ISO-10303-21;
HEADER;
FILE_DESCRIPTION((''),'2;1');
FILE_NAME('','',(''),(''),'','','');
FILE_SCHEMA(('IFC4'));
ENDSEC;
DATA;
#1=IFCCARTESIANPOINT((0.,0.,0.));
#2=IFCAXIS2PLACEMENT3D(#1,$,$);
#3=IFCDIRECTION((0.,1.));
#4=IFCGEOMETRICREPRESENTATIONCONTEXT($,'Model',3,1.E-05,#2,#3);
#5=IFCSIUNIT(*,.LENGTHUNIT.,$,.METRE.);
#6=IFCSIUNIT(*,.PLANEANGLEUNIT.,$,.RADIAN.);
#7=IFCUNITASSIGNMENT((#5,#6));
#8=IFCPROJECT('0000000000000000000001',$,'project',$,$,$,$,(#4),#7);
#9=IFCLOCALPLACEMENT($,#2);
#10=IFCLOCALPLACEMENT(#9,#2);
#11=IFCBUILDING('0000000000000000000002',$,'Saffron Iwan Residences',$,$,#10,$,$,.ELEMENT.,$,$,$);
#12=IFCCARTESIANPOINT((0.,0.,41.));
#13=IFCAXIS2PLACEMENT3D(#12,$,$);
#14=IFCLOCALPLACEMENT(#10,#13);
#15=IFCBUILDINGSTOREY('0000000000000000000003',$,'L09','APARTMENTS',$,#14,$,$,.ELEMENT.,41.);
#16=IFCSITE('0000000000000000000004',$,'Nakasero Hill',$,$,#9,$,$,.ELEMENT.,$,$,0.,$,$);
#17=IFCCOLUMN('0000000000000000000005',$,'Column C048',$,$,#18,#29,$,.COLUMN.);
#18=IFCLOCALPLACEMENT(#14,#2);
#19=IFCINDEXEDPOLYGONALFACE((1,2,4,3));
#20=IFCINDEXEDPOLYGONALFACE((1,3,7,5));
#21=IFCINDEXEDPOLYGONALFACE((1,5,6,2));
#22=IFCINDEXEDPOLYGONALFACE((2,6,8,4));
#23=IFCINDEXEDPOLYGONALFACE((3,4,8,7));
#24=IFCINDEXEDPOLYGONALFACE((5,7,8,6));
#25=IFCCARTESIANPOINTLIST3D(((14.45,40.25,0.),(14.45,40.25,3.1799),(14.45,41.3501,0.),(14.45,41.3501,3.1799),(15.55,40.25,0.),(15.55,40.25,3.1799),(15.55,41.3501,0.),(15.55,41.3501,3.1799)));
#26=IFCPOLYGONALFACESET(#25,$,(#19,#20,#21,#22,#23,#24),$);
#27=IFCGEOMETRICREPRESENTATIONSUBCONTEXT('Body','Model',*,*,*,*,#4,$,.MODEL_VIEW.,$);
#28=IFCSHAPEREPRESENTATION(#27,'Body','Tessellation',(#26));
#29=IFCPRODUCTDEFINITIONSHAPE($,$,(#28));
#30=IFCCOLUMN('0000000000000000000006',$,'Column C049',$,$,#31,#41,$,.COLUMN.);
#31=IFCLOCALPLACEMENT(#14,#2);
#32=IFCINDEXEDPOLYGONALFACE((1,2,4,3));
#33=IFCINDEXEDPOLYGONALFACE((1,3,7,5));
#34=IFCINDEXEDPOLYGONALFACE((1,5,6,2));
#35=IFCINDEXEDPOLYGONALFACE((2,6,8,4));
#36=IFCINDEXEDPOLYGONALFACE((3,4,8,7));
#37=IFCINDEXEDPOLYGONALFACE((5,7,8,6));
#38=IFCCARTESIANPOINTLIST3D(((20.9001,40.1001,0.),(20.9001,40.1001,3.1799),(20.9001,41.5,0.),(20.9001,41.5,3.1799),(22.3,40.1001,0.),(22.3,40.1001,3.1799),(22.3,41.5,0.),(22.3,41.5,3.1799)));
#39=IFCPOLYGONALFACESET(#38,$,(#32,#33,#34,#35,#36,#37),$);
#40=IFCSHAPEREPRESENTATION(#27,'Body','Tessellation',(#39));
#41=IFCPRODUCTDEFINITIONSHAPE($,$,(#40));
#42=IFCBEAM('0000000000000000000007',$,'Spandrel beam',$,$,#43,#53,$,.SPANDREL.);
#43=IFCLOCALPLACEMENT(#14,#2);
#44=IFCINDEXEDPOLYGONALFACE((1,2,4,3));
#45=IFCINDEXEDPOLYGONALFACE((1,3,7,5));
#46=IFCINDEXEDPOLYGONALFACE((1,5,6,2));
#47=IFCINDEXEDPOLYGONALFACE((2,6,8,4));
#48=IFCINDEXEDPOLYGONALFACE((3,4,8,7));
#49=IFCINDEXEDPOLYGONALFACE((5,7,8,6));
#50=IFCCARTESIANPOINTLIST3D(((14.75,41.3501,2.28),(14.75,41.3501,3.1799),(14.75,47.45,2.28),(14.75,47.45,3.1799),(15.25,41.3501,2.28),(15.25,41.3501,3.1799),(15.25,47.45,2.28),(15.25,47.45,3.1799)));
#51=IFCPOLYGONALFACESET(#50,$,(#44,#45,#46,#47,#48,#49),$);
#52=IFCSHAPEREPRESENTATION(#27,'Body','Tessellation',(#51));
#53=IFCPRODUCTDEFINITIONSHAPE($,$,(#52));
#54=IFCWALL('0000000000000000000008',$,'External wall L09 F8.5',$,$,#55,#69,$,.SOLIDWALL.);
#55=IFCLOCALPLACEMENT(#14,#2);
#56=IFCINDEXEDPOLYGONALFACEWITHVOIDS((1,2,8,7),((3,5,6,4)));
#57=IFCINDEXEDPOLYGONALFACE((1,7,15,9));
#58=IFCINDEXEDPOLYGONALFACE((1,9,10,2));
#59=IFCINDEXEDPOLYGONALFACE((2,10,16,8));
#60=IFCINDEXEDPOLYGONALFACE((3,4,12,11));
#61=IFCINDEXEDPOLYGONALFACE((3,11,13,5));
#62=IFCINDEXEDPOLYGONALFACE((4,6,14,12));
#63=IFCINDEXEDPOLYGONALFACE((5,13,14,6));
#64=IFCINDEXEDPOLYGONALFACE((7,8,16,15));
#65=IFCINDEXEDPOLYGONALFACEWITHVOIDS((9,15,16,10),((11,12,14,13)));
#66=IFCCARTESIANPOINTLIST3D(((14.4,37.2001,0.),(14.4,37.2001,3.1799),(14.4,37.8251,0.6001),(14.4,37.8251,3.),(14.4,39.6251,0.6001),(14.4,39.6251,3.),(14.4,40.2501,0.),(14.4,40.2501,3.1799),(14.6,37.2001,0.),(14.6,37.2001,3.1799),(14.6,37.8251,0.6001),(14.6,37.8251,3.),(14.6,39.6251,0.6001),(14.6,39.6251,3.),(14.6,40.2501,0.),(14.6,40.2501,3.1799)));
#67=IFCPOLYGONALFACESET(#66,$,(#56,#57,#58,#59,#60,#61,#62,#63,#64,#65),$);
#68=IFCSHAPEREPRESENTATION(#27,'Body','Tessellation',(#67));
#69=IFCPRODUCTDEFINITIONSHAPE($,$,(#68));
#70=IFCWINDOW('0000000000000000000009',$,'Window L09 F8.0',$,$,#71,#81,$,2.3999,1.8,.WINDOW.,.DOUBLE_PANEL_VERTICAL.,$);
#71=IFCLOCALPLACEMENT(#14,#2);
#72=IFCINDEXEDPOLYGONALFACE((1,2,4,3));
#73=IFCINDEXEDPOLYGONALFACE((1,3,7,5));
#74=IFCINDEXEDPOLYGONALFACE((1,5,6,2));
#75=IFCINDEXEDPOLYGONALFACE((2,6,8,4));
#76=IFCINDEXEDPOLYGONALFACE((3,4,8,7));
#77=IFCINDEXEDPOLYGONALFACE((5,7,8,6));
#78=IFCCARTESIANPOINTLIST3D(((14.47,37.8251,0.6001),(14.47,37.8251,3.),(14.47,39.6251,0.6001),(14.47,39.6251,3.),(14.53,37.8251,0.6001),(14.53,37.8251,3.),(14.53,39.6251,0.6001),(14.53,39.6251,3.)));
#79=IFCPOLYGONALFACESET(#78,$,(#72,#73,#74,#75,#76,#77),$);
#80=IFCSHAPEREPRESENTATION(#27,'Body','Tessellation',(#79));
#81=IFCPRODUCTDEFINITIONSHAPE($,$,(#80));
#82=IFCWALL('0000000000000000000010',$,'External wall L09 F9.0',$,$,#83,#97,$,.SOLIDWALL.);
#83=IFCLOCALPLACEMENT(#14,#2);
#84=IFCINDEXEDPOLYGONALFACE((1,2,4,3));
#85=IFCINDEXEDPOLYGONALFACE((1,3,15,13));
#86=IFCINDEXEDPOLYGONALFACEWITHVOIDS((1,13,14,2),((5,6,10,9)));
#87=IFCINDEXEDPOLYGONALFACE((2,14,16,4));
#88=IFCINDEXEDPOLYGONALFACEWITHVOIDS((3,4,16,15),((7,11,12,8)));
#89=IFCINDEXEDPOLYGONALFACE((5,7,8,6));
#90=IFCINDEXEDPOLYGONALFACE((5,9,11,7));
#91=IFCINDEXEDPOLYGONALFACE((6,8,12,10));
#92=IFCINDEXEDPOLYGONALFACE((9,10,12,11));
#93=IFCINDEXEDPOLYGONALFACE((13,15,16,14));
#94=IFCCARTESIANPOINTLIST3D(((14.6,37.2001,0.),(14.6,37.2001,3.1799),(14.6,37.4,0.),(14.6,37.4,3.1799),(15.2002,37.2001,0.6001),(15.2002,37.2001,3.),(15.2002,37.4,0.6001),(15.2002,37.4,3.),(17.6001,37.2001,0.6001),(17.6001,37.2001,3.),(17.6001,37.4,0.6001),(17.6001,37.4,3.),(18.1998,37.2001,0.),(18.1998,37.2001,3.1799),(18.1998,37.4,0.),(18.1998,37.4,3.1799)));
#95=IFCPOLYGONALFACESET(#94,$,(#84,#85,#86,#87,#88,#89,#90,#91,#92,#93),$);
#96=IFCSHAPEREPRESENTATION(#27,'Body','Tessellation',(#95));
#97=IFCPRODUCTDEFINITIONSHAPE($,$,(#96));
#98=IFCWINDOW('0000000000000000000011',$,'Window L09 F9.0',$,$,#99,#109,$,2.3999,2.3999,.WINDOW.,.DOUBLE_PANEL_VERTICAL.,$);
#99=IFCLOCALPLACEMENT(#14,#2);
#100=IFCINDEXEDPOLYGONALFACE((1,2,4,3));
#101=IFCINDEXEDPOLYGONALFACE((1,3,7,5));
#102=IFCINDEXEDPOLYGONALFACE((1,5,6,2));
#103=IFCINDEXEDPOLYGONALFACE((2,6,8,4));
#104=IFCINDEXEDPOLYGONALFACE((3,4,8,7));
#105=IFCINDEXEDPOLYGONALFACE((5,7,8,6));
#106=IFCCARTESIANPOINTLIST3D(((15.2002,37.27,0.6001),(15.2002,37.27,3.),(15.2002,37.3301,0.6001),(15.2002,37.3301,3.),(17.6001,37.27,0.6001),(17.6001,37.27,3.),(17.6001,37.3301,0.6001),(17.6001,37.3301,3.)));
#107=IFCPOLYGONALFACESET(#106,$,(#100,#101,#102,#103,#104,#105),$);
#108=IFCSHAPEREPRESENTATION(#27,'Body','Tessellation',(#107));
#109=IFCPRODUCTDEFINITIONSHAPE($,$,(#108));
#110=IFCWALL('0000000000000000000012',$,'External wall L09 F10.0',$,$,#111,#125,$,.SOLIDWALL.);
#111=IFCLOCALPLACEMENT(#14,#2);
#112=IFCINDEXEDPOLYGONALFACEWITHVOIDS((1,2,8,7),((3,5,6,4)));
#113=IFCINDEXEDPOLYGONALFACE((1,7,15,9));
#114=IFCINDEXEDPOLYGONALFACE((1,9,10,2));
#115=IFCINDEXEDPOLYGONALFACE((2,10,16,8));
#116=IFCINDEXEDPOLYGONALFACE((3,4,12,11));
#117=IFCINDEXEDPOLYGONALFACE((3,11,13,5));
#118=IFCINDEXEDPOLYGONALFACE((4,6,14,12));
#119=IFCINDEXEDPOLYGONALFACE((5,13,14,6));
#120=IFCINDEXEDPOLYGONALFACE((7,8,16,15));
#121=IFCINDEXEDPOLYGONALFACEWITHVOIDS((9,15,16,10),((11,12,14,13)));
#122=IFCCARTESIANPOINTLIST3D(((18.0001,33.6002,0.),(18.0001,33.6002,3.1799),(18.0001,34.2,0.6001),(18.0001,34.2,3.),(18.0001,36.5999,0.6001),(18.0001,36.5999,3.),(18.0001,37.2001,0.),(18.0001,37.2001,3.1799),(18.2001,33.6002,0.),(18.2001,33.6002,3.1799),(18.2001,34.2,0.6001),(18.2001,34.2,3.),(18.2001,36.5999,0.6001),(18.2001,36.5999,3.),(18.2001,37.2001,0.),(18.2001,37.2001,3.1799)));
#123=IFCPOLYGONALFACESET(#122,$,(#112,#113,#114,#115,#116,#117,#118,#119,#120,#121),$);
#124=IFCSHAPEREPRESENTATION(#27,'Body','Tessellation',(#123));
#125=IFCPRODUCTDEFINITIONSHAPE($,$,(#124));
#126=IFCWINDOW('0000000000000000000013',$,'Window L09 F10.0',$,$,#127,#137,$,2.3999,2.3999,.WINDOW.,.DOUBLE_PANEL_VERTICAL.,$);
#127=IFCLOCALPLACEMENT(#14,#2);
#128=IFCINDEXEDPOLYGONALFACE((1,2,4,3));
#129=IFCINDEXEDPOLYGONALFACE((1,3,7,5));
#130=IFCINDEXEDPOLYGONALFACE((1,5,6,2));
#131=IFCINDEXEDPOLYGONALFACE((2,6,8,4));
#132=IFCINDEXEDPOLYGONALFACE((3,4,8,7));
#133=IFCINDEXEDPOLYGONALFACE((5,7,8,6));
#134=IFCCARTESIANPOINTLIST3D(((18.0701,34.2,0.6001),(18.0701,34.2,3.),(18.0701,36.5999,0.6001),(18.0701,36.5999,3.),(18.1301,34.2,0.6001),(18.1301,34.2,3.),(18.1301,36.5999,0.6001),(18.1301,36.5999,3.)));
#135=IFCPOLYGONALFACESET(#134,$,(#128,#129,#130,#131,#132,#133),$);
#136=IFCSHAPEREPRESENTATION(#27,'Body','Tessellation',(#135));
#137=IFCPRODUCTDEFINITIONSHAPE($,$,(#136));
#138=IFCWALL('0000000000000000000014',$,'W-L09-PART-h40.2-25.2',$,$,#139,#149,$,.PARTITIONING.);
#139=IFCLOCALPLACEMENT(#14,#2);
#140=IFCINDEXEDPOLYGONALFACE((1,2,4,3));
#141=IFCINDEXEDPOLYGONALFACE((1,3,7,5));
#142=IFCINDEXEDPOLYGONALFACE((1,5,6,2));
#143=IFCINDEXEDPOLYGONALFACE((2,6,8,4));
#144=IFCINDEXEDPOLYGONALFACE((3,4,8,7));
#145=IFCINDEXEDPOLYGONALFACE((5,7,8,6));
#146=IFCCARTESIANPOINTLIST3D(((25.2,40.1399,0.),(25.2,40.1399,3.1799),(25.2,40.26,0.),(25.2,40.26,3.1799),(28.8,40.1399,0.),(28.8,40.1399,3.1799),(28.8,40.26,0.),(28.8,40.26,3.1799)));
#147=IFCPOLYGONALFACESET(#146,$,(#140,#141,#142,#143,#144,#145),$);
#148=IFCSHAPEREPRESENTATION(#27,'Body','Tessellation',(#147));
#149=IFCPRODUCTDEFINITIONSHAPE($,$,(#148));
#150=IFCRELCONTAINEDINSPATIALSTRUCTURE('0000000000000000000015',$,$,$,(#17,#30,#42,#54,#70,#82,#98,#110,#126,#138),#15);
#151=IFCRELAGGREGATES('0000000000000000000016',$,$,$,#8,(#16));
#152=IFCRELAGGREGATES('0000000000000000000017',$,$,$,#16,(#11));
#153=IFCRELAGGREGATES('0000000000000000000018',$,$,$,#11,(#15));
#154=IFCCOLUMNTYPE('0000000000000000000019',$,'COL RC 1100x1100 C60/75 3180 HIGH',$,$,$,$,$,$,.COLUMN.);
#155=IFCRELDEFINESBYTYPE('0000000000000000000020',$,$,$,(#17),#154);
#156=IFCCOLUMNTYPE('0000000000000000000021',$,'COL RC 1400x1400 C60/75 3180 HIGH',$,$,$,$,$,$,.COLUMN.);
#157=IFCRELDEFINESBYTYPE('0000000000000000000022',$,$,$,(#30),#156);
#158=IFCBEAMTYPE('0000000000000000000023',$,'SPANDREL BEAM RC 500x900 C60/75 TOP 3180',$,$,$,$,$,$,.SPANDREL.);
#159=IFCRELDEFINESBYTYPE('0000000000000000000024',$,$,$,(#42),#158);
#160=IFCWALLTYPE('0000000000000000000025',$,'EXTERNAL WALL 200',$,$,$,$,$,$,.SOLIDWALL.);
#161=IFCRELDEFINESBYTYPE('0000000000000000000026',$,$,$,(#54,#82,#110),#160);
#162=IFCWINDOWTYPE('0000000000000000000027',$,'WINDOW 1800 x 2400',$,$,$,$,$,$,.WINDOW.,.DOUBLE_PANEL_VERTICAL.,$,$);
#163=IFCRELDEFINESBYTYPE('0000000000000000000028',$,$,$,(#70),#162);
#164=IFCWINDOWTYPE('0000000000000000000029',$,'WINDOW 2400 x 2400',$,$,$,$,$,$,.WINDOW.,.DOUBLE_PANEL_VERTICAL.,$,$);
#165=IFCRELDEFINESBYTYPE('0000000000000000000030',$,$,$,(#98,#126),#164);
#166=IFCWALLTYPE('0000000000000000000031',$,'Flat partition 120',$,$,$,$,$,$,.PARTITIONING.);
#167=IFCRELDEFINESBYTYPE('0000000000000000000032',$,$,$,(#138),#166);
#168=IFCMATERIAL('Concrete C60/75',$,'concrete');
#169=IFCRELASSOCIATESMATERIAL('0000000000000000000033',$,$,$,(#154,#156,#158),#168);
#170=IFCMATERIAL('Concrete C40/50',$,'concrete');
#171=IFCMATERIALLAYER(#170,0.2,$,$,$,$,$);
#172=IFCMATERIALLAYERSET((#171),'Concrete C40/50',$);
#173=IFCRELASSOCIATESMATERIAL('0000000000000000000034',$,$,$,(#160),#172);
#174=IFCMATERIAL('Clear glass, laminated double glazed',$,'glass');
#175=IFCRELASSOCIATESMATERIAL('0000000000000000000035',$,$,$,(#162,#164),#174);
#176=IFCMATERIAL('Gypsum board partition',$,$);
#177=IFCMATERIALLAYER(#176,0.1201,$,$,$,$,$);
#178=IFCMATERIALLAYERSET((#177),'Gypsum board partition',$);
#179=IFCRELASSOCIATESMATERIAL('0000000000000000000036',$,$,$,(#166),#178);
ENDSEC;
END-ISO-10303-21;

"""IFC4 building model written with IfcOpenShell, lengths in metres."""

from ifc_helpers import new_model, si_unit, direction, frame, frame_2d, origin, origin_2d, place, context, subcontext, project, spatial, rectangle, extrude, source, transform, mapped, material, layer, layer_set, material_profile, profile_set, type_object, element, fill, save


model = new_model("IFC4")

# Units and contexts
model_context = context("Model", 3, precision=1e-05, world=origin(), true_north=direction((0.0, 1.0)))
body_context = subcontext(model_context, "Body", "Model", "MODEL_VIEW")
ifc_project = project(units=[si_unit("LENGTHUNIT", "METRE"), si_unit("PLANEANGLEUNIT", "RADIAN")], contexts=[model_context])

# Site, building, storey
site_placement = place(None, origin())
site = spatial("IfcSite", under=ifc_project, at=site_placement, Name="Nakasero Hill", CompositionType="ELEMENT", RefElevation=0.0)
building_placement = place(site_placement, origin())
building = spatial("IfcBuilding", under=site, at=building_placement, Name="Saffron Iwan Residences", CompositionType="ELEMENT")
storey_placement = place(building_placement, frame((0.0, 0.0, 41.0)))
storey = spatial("IfcBuildingStorey", under=building, at=storey_placement, Name="L09", Description="APARTMENTS", CompositionType="ELEMENT", Elevation=41.0)

# Columns
ifc_material_1 = material(Name="Concrete C60/75", Category="concrete")
ifc_material_profile_1 = material_profile(ifc_material_1, rectangle(XDim=1.1001, YDim=1.1001, at=origin_2d()), Name="RC 1100x1100")
ifc_profile_set_1 = profile_set([ifc_material_profile_1], Name="Concrete C60/75")
column_type_1 = type_object("IfcColumnType", Name="COL RC 1100x1100 C60/75 3180 HIGH", PredefinedType="COLUMN", material=ifc_profile_set_1)
shared_shape_1 = source(origin(), body_context, "Body", "SweptSolid", [
    extrude(rectangle(XDim=1.1001, YDim=1.1001, at=origin_2d()), origin(), (0.0, 0.0, 1.0), 3.1799),
])
column_1_placement = place(storey_placement, frame((15.0, 40.8, 0.0), z_axis=(0.0, 0.0, 1.0), x_axis=(1.0, 0.0, 0.0)))
element("IfcColumn", 1, at=column_1_placement, inside=storey, type_object=column_type_1, Name="Column C048", PredefinedType="COLUMN", context=body_context, shape_type="MappedRepresentation", body=[
    mapped(shared_shape_1, transform((0.0, 0.0, 0.0))),
])
ifc_material_profile_2 = material_profile(ifc_material_1, rectangle(XDim=1.3999, YDim=1.3999, at=origin_2d()), Name="RC 1400x1400")
ifc_profile_set_2 = profile_set([ifc_material_profile_2], Name="Concrete C60/75")
column_type_2 = type_object("IfcColumnType", Name="COL RC 1400x1400 C60/75 3180 HIGH", PredefinedType="COLUMN", material=ifc_profile_set_2)
shared_shape_2 = source(origin(), body_context, "Body", "SweptSolid", [
    extrude(rectangle(XDim=1.3999, YDim=1.3999, at=origin_2d()), origin(), (0.0, 0.0, 1.0), 3.1799),
])
column_2_placement = place(storey_placement, frame((21.6001, 40.8, 0.0), z_axis=(0.0, 0.0, 1.0), x_axis=(1.0, 0.0, 0.0)))
element("IfcColumn", 2, at=column_2_placement, inside=storey, type_object=column_type_2, Name="Column C049", PredefinedType="COLUMN", context=body_context, shape_type="MappedRepresentation", body=[
    mapped(shared_shape_2, transform((0.0, 0.0, 0.0))),
])

# Beam
ifc_material_profile_3 = material_profile(ifc_material_1, rectangle(XDim=0.5, YDim=0.8999, at=origin_2d()), Name="RC 500x900")
ifc_profile_set_3 = profile_set([ifc_material_profile_3], Name="Concrete C60/75")
beam_type = type_object("IfcBeamType", Name="SPANDREL BEAM RC 500x900 C60/75 TOP 3180", PredefinedType="SPANDREL", material=ifc_profile_set_3)
shared_shape_3 = source(origin(), body_context, "Body", "SweptSolid", [
    extrude(rectangle(XDim=0.5, YDim=0.8999, at=origin_2d()), origin(), (0.0, 0.0, 1.0), 6.0999),
])
beam_placement = place(storey_placement, frame((15.0, 41.3501, 2.73), z_axis=(0.0, 1.0, 0.0), x_axis=(-1.0, 0.0, 0.0)))
element("IfcBeam", 3, at=beam_placement, inside=storey, type_object=beam_type, Name="Spandrel beam", PredefinedType="SPANDREL", context=body_context, shape_type="MappedRepresentation", body=[
    mapped(shared_shape_3, transform((0.0, 0.0, 0.0))),
])

# Walls, openings, windows
ifc_material_2 = material(Name="Concrete C40/50", Category="concrete")
ifc_layer_1 = layer(ifc_material_2, 0.2)
ifc_layer_set_1 = layer_set([ifc_layer_1], Name="Concrete C40/50")
wall_type_1 = type_object("IfcWallType", Name="EXTERNAL WALL 200", PredefinedType="SOLIDWALL", material=ifc_layer_set_1)
wall_1_placement = place(storey_placement, frame((14.5, 40.25, 0.0), z_axis=(0.0, 0.0, 1.0), x_axis=(0.0, -1.0, 0.0)))
wall_1 = element("IfcWall", 4, at=wall_1_placement, inside=storey, type_object=wall_type_1, Name="External wall L09 F8.5", PredefinedType="SOLIDWALL", context=body_context, shape_type="SweptSolid", body=[
    extrude(rectangle(XDim=3.05, YDim=0.2, at=frame_2d((1.5249, 0.0))), origin(), (0.0, 0.0, 1.0), 3.1799),
])
opening_1_placement = place(wall_1_placement, frame((0.625, 0.0, 0.6001)))
opening_1 = element("IfcOpeningElement", 5, at=opening_1_placement, cuts=wall_1, PredefinedType="OPENING", context=body_context, shape_type="SweptSolid", body=[
    extrude(rectangle(XDim=1.8, YDim=2.3999, at=frame_2d((0.8999, 1.2))), frame((0.0, 0.1099, 0.0), z_axis=(0.0, -1.0, 0.0), x_axis=(1.0, 0.0, 0.0)), (0.0, 0.0, 1.0), 0.22),
])
ifc_material_3 = material(Name="Clear glass, laminated double glazed", Category="glass")
window_type_1 = type_object("IfcWindowType", Name="WINDOW 1800 x 2400", PartitioningType="DOUBLE_PANEL_VERTICAL", PredefinedType="WINDOW", material=ifc_material_3)
window_1_placement = place(opening_1_placement, origin())
window_1 = element("IfcWindow", 6, at=window_1_placement, inside=storey, type_object=window_type_1, Name="Window L09 F8.0", OverallHeight=2.3999, OverallWidth=1.8, PartitioningType="DOUBLE_PANEL_VERTICAL", PredefinedType="WINDOW", context=body_context, shape_type="SweptSolid", body=[
    extrude(rectangle(XDim=1.8, YDim=2.3999, at=frame_2d((0.8999, 1.2))), frame((0.0, 0.03, 0.0), z_axis=(0.0, -1.0, 0.0), x_axis=(1.0, 0.0, 0.0)), (0.0, 0.0, 1.0), 0.0601),
])
fill(opening_1, window_1)
wall_2_placement = place(storey_placement, frame((14.6001, 37.3, 0.0), z_axis=(0.0, 0.0, 1.0), x_axis=(1.0, 0.0, 0.0)))
wall_2 = element("IfcWall", 7, at=wall_2_placement, inside=storey, type_object=wall_type_1, Name="External wall L09 F9.0", PredefinedType="SOLIDWALL", context=body_context, shape_type="SweptSolid", body=[
    extrude(rectangle(XDim=3.5999, YDim=0.2, at=frame_2d((1.7998, 0.0))), origin(), (0.0, 0.0, 1.0), 3.1799),
])
opening_2_placement = place(wall_2_placement, frame((0.6001, 0.0, 0.6001)))
opening_2 = element("IfcOpeningElement", 8, at=opening_2_placement, cuts=wall_2, PredefinedType="OPENING", context=body_context, shape_type="SweptSolid", body=[
    extrude(rectangle(XDim=2.3999, YDim=2.3999, at=frame_2d((1.2, 1.2))), frame((0.0, 0.1099, 0.0), z_axis=(0.0, -1.0, 0.0), x_axis=(1.0, 0.0, 0.0)), (0.0, 0.0, 1.0), 0.22),
])
window_type_2 = type_object("IfcWindowType", Name="WINDOW 2400 x 2400", PartitioningType="DOUBLE_PANEL_VERTICAL", PredefinedType="WINDOW", material=ifc_material_3)
window_2_placement = place(opening_2_placement, origin())
window_2 = element("IfcWindow", 9, at=window_2_placement, inside=storey, type_object=window_type_2, Name="Window L09 F9.0", OverallHeight=2.3999, OverallWidth=2.3999, PartitioningType="DOUBLE_PANEL_VERTICAL", PredefinedType="WINDOW", context=body_context, shape_type="SweptSolid", body=[
    extrude(rectangle(XDim=2.3999, YDim=2.3999, at=frame_2d((1.2, 1.2))), frame((0.0, 0.03, 0.0), z_axis=(0.0, -1.0, 0.0), x_axis=(1.0, 0.0, 0.0)), (0.0, 0.0, 1.0), 0.0601),
])
fill(opening_2, window_2)
wall_3_placement = place(storey_placement, frame((18.1001, 37.2, 0.0), z_axis=(0.0, 0.0, 1.0), x_axis=(0.0, -1.0, 0.0)))
wall_3 = element("IfcWall", 10, at=wall_3_placement, inside=storey, type_object=wall_type_1, Name="External wall L09 F10.0", PredefinedType="SOLIDWALL", context=body_context, shape_type="SweptSolid", body=[
    extrude(rectangle(XDim=3.5999, YDim=0.2, at=frame_2d((1.7998, 0.0))), origin(), (0.0, 0.0, 1.0), 3.1799),
])
opening_3_placement = place(wall_3_placement, frame((0.6001, 0.0, 0.6001)))
opening_3 = element("IfcOpeningElement", 11, at=opening_3_placement, cuts=wall_3, PredefinedType="OPENING", context=body_context, shape_type="SweptSolid", body=[
    extrude(rectangle(XDim=2.3999, YDim=2.3999, at=frame_2d((1.2, 1.2))), frame((0.0, 0.1099, 0.0), z_axis=(0.0, -1.0, 0.0), x_axis=(1.0, 0.0, 0.0)), (0.0, 0.0, 1.0), 0.22),
])
window_3_placement = place(opening_3_placement, origin())
window_3 = element("IfcWindow", 12, at=window_3_placement, inside=storey, type_object=window_type_2, Name="Window L09 F10.0", OverallHeight=2.3999, OverallWidth=2.3999, PartitioningType="DOUBLE_PANEL_VERTICAL", PredefinedType="WINDOW", context=body_context, shape_type="SweptSolid", body=[
    extrude(rectangle(XDim=2.3999, YDim=2.3999, at=frame_2d((1.2, 1.2))), frame((0.0, 0.03, 0.0), z_axis=(0.0, -1.0, 0.0), x_axis=(1.0, 0.0, 0.0)), (0.0, 0.0, 1.0), 0.0601),
])
fill(opening_3, window_3)

# Wall
ifc_material_4 = material(Name="Gypsum board partition")
ifc_layer_2 = layer(ifc_material_4, 0.1201)
ifc_layer_set_2 = layer_set([ifc_layer_2], Name="Gypsum board partition")
wall_type_2 = type_object("IfcWallType", Name="Flat partition 120", PredefinedType="PARTITIONING", material=ifc_layer_set_2)
wall_4_placement = place(storey_placement, frame((25.2, 40.2, 0.0), z_axis=(0.0, 0.0, 1.0), x_axis=(1.0, 0.0, 0.0)))
element("IfcWall", 13, at=wall_4_placement, inside=storey, type_object=wall_type_2, Name="W-L09-PART-h40.2-25.2", PredefinedType="PARTITIONING", context=body_context, shape_type="SweptSolid", body=[
    extrude(rectangle(XDim=3.6001, YDim=0.1201, at=frame_2d((1.8, 0.0))), origin(), (0.0, 0.0, 1.0), 3.1799),
])

save(model, "model.ifc")
